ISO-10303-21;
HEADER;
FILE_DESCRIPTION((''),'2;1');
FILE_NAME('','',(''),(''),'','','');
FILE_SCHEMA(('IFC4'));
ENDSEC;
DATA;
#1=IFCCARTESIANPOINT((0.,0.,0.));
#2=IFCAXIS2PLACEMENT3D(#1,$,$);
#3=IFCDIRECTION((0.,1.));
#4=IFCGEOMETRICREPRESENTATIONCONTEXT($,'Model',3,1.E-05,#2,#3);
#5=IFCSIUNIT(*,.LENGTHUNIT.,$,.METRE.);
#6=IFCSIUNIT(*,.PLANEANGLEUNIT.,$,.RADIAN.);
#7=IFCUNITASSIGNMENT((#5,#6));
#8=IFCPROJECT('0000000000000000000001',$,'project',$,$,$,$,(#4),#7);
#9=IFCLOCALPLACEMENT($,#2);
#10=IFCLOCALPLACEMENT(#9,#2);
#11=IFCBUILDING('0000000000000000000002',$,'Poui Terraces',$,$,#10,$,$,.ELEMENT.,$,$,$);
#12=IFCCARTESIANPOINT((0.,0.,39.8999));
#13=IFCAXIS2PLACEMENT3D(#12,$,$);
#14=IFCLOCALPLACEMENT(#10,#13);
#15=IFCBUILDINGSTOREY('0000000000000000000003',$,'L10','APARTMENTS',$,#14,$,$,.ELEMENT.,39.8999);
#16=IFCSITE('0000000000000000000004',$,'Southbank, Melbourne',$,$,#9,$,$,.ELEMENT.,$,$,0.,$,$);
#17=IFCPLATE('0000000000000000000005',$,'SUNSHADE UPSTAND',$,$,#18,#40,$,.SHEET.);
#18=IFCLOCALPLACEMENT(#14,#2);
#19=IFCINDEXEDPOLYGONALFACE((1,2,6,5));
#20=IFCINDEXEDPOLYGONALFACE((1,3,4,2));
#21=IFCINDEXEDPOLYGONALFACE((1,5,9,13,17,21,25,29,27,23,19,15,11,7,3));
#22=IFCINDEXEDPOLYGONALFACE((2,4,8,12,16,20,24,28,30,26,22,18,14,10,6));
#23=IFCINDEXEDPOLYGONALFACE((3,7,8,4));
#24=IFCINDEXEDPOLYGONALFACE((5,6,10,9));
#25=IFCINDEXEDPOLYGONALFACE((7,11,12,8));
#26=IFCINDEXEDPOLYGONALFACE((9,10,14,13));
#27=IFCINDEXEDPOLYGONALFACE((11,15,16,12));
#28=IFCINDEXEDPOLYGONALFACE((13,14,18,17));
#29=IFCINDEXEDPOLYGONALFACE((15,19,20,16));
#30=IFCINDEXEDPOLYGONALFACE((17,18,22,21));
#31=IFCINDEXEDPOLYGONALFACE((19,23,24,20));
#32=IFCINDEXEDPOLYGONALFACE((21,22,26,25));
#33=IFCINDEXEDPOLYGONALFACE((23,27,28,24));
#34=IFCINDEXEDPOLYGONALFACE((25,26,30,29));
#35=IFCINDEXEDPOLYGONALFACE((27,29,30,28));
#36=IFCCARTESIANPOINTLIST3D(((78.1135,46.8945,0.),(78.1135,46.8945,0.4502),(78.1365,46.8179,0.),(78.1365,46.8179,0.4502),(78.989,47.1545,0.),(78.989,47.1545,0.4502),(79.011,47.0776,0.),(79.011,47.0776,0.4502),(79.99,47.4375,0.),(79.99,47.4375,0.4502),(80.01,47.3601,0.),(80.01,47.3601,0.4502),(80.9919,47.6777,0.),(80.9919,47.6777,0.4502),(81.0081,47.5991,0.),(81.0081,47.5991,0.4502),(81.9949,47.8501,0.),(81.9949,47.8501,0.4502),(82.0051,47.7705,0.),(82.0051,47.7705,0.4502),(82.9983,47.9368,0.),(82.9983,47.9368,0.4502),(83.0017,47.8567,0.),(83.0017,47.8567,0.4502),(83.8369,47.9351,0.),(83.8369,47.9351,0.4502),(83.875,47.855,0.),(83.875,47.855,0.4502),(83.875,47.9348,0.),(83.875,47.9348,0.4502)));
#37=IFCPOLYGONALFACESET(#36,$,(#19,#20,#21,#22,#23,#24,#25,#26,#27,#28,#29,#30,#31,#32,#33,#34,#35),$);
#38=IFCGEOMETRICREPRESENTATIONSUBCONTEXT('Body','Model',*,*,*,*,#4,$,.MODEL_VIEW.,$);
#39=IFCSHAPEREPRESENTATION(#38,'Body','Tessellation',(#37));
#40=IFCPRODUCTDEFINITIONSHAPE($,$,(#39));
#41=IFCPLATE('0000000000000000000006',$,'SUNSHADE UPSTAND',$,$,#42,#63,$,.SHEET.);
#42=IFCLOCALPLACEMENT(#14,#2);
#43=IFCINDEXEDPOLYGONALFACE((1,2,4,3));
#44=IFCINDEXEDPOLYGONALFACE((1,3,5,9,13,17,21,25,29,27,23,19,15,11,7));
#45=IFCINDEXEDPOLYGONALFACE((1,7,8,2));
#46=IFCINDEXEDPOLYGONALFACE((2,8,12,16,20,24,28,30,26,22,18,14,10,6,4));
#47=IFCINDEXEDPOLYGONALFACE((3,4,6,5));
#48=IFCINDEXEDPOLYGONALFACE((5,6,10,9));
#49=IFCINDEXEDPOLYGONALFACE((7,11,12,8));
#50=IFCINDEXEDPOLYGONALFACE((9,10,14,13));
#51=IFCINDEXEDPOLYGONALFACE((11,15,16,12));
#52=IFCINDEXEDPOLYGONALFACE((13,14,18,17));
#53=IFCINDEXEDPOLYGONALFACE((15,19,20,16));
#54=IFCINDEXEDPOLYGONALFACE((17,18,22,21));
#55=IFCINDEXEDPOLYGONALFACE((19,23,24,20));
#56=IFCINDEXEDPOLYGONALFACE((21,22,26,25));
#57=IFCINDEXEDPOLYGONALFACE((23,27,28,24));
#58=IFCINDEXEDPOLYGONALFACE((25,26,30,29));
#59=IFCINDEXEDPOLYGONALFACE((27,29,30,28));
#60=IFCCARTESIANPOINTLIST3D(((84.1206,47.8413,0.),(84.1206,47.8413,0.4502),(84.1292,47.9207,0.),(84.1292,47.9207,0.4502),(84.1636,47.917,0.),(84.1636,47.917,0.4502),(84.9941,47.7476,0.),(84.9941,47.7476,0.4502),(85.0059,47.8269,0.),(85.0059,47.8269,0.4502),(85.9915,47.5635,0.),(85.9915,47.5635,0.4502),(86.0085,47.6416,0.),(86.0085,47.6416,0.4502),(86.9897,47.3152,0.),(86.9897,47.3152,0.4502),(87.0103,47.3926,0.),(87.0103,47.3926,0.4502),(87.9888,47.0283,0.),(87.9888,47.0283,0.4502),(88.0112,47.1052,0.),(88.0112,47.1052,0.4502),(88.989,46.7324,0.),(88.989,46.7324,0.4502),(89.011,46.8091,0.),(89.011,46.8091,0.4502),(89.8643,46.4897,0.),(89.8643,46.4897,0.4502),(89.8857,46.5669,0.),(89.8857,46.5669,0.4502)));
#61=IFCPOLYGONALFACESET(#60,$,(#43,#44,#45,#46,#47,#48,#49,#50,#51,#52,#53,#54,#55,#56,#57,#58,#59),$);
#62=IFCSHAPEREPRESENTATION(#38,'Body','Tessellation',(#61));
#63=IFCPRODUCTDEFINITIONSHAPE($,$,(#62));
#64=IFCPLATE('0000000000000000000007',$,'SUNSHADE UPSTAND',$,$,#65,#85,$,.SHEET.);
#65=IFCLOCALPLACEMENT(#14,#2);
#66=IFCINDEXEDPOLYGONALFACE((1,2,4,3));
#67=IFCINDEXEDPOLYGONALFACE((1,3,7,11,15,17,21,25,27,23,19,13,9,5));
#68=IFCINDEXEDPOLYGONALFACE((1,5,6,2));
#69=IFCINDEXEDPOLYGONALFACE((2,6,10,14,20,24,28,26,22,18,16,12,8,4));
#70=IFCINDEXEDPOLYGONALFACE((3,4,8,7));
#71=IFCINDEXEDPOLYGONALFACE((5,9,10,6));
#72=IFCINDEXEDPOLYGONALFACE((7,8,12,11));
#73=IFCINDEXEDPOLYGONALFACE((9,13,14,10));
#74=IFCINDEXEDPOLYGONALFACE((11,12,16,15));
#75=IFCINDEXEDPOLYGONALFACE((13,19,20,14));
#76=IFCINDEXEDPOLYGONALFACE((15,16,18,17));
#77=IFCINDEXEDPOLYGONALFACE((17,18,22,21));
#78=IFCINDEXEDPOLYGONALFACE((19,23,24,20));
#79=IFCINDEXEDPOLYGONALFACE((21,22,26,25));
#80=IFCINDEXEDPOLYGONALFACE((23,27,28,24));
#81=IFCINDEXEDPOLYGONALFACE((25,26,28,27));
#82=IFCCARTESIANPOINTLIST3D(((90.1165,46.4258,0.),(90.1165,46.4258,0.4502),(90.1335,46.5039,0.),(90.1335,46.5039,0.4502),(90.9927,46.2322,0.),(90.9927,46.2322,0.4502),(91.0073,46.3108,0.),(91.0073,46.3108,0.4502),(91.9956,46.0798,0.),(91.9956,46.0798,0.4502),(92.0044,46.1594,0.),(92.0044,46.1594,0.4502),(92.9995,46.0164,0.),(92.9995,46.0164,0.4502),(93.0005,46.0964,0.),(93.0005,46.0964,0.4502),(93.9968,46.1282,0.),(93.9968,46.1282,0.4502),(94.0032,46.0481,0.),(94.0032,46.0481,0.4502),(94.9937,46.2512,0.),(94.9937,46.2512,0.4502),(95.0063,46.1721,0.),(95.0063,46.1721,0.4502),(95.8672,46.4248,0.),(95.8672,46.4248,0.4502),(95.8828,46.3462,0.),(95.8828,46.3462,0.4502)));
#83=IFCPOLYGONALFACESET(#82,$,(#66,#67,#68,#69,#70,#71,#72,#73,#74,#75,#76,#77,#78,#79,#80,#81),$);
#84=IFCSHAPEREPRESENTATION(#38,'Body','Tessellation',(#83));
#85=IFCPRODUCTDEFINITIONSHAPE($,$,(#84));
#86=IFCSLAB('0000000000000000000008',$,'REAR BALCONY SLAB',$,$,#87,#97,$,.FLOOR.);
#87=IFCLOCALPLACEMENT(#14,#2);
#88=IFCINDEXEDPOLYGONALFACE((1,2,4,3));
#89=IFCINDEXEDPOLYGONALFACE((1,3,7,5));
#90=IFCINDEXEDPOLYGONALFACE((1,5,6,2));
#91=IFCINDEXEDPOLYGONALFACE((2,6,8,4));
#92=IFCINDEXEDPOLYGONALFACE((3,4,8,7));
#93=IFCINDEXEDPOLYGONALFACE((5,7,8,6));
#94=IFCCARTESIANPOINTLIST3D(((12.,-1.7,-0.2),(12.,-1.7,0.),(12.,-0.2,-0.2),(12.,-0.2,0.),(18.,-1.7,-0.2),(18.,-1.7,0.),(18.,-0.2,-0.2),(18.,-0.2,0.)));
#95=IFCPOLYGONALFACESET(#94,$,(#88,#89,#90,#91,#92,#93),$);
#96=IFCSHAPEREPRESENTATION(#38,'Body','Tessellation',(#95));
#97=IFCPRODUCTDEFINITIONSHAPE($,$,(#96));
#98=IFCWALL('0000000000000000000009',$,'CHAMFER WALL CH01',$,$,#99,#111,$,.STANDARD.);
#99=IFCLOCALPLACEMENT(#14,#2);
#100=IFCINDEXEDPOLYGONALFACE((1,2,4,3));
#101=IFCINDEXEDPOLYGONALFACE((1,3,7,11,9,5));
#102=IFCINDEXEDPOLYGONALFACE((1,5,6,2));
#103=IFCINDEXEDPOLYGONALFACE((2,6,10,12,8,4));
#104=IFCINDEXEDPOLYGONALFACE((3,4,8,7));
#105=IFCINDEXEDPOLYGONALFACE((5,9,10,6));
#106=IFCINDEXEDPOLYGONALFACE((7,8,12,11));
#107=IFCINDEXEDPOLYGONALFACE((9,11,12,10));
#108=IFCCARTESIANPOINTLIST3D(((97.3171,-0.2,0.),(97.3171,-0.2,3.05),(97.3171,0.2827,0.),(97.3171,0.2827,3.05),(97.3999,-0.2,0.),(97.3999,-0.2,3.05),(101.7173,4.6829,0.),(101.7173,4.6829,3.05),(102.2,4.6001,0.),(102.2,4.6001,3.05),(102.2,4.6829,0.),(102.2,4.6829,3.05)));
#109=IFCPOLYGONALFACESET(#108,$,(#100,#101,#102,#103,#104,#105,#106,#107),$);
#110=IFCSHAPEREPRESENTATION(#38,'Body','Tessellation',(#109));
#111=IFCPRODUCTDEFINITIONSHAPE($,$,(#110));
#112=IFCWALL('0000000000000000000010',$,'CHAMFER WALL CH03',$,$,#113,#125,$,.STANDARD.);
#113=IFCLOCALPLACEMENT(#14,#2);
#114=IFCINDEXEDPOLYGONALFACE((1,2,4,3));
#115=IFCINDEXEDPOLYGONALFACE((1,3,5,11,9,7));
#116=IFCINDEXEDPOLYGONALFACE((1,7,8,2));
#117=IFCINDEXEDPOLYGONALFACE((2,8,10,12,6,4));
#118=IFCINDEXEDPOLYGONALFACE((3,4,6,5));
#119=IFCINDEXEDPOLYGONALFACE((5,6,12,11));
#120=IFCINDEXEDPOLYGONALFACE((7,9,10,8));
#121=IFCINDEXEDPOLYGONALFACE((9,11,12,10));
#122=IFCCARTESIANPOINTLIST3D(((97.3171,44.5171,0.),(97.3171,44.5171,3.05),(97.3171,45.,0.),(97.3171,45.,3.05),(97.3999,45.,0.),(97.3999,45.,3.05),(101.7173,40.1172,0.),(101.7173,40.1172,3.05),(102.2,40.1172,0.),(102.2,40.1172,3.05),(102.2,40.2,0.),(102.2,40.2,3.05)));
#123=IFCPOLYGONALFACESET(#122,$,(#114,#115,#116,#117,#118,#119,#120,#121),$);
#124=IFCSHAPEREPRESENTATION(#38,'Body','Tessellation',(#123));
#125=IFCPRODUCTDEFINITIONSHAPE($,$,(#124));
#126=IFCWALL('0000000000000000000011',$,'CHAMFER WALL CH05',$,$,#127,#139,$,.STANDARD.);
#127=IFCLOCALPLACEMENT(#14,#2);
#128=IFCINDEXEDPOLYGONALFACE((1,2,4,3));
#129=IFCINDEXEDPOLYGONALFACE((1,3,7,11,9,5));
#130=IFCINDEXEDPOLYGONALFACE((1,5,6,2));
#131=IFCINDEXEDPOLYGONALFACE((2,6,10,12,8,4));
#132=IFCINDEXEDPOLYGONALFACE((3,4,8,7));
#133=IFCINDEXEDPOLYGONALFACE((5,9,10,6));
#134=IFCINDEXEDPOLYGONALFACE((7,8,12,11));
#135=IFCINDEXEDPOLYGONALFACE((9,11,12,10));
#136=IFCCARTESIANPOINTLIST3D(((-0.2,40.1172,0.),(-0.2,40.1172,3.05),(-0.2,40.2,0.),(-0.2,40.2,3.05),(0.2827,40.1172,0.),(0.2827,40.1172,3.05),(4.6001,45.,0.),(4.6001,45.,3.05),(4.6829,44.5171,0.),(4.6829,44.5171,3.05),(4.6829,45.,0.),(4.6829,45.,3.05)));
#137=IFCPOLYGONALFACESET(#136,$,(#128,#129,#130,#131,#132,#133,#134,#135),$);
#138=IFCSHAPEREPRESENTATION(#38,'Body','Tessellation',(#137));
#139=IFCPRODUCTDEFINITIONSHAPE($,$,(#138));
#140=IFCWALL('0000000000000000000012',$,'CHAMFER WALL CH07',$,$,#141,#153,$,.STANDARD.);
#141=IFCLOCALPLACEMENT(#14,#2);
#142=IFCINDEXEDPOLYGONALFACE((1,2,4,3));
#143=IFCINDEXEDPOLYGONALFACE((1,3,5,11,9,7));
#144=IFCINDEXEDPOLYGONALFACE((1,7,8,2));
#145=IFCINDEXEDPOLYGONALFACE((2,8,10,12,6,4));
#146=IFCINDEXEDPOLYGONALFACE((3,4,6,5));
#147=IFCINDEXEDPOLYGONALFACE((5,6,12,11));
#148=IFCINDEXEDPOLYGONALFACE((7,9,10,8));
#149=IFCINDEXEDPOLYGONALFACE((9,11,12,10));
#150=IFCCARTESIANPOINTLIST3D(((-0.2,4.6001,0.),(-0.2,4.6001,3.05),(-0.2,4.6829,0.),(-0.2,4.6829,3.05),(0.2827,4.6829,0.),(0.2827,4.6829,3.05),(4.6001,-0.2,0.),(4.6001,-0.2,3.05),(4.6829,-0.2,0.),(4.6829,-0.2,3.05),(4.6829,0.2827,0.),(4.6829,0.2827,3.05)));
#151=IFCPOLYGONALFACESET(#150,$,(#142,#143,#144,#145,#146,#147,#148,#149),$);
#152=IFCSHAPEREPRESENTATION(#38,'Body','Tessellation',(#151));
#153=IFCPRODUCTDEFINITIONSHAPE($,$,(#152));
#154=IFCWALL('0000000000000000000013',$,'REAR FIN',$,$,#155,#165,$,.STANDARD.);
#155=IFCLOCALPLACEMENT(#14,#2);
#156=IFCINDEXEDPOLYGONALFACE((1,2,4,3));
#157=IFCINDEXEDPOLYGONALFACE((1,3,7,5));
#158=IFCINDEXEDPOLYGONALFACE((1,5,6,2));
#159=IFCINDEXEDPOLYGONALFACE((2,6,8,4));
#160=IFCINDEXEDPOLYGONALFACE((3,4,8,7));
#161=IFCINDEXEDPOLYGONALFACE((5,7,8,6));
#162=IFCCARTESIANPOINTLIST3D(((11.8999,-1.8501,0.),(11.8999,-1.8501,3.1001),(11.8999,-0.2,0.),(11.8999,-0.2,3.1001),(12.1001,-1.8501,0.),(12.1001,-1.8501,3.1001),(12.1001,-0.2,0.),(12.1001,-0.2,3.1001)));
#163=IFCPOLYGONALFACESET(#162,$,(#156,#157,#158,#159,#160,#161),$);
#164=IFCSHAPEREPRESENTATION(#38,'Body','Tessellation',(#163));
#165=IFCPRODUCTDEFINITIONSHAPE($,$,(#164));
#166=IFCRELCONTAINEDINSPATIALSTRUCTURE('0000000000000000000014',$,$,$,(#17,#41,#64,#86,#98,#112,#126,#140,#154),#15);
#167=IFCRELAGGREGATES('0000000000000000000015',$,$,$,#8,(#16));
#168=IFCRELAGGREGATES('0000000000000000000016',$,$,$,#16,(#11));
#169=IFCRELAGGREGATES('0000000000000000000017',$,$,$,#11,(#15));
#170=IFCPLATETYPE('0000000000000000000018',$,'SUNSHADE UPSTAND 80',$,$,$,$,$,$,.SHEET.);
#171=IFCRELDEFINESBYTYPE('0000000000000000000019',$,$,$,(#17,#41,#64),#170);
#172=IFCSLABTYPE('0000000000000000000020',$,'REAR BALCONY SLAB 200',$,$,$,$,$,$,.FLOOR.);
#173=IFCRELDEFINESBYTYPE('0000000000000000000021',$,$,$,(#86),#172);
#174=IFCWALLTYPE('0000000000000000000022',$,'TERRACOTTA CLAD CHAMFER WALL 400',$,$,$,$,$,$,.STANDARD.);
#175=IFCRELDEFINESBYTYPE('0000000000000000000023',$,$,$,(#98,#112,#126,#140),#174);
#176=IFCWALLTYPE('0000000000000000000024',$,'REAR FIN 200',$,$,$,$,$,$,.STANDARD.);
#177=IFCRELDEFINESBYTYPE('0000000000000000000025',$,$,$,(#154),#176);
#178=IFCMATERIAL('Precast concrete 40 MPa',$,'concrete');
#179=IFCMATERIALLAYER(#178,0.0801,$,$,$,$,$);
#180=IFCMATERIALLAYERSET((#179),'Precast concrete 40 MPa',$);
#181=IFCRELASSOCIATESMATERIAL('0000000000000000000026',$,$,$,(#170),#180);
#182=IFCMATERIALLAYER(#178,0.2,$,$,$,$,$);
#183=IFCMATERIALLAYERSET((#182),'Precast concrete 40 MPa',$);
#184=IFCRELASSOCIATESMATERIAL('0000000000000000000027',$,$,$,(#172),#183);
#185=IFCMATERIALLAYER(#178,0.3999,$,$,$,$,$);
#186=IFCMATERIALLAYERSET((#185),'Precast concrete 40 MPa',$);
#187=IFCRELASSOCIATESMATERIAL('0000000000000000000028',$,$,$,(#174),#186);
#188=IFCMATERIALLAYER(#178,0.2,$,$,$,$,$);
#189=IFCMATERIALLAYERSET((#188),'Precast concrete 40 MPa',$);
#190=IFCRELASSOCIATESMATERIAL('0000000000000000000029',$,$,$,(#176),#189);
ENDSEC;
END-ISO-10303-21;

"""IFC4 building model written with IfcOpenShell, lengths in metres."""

from ifc_helpers import new_model, si_unit, direction, frame, origin, place, context, subcontext, project, spatial, polyline, outline, extrude, source, transform, mapped, material, layer, layer_set, type_object, element, save


model = new_model("IFC4")

# Units and contexts
model_context = context("Model", 3, precision=1e-05, world=origin(), true_north=direction((0.0, 1.0)))
body_context = subcontext(model_context, "Body", "Model", "MODEL_VIEW")
ifc_project = project(units=[si_unit("LENGTHUNIT", "METRE"), si_unit("PLANEANGLEUNIT", "RADIAN")], contexts=[model_context])

# Site, building, storey
site_placement = place(None, origin())
site = spatial("IfcSite", under=ifc_project, at=site_placement, Name="Southbank, Melbourne", CompositionType="ELEMENT", RefElevation=0.0)
building_placement = place(site_placement, origin())
building = spatial("IfcBuilding", under=site, at=building_placement, Name="Poui Terraces", CompositionType="ELEMENT")
storey_placement = place(building_placement, frame((0.0, 0.0, 39.8999)))
storey = spatial("IfcBuildingStorey", under=building, at=storey_placement, Name="L10", Description="APARTMENTS", CompositionType="ELEMENT", Elevation=39.8999)

# Shared definitions
ifc_material_1 = material(Name="Precast concrete 40 MPa", Category="concrete")

# Plates
ifc_layer_1 = layer(ifc_material_1, 0.0801)
ifc_layer_set_1 = layer_set([ifc_layer_1], Name="Precast concrete 40 MPa")
plate_type = type_object("IfcPlateType", Name="SUNSHADE UPSTAND 80", PredefinedType="SHEET", material=ifc_layer_set_1)
plate_1_placement = place(storey_placement, origin())
element("IfcPlate", 1, at=plate_1_placement, inside=storey, type_object=plate_type, Name="SUNSHADE UPSTAND", PredefinedType="SHEET", context=body_context, shape_type="SweptSolid", body=[
    extrude(outline(polyline([(78.989, 47.1545), (78.1135, 46.8945), (78.1365, 46.8179), (79.011, 47.0776), (80.01, 47.3601), (81.0081, 47.5991), (82.0051, 47.7705), (83.0017, 47.8567), (83.875, 47.855), (83.875, 47.9348), (83.8369, 47.9351), (82.9983, 47.9368), (81.9949, 47.8501), (80.9919, 47.6777), (79.99, 47.4375), (78.989, 47.1545)])), origin(), (0.0, 0.0, 1.0), 0.4502),
])
plate_2_placement = place(storey_placement, origin())
element("IfcPlate", 2, at=plate_2_placement, inside=storey, type_object=plate_type, Name="SUNSHADE UPSTAND", PredefinedType="SHEET", context=body_context, shape_type="SweptSolid", body=[
    extrude(outline(polyline([(85.0059, 47.8269), (84.1636, 47.917), (84.1292, 47.9207), (84.1206, 47.8413), (84.9941, 47.7476), (85.9915, 47.5635), (86.9897, 47.3152), (87.9888, 47.0283), (88.989, 46.7324), (89.8643, 46.4897), (89.8857, 46.5669), (89.011, 46.8091), (88.0112, 47.1052), (87.0103, 47.3926), (86.0085, 47.6416), (85.0059, 47.8269)])), origin(), (0.0, 0.0, 1.0), 0.4502),
])
plate_3_placement = place(storey_placement, origin())
element("IfcPlate", 3, at=plate_3_placement, inside=storey, type_object=plate_type, Name="SUNSHADE UPSTAND", PredefinedType="SHEET", context=body_context, shape_type="SweptSolid", body=[
    extrude(outline(polyline([(91.0073, 46.3108), (90.1335, 46.5039), (90.1165, 46.4258), (90.9927, 46.2322), (91.9956, 46.0798), (92.9995, 46.0164), (94.0032, 46.0481), (95.0063, 46.1721), (95.8828, 46.3462), (95.8672, 46.4248), (94.9937, 46.2512), (93.9968, 46.1282), (93.0005, 46.0964), (92.0044, 46.1594), (91.0073, 46.3108)])), origin(), (0.0, 0.0, 1.0), 0.4502),
])

# Slab
ifc_layer_2 = layer(ifc_material_1, 0.2)
ifc_layer_set_2 = layer_set([ifc_layer_2], Name="Precast concrete 40 MPa")
slab_type_1 = type_object("IfcSlabType", Name="REAR BALCONY SLAB 200", PredefinedType="FLOOR", material=ifc_layer_set_2)
shared_shape_1 = source(origin(), body_context, "Body", "SweptSolid", [
    extrude(outline(polyline([(0.0, 0.0), (6.0, 0.0), (6.0, 1.5), (0.0, 1.5), (0.0, 0.0)])), origin(), (0.0, 0.0, 1.0), 0.2),
])
slab_1_placement = place(storey_placement, frame((12.0, -1.7, -0.2)))
element("IfcSlab", 4, at=slab_1_placement, inside=storey, type_object=slab_type_1, Name="REAR BALCONY SLAB", PredefinedType="FLOOR", context=body_context, shape_type="MappedRepresentation", body=[
    mapped(shared_shape_1, transform((0.0, 0.0, 0.0))),
])

# Walls
ifc_layer_3 = layer(ifc_material_1, 0.3999)
ifc_layer_set_3 = layer_set([ifc_layer_3], Name="Precast concrete 40 MPa")
wall_type_1 = type_object("IfcWallType", Name="TERRACOTTA CLAD CHAMFER WALL 400", PredefinedType="STANDARD", material=ifc_layer_set_3)
wall_1_placement = place(storey_placement, origin())
element("IfcWall", 5, at=wall_1_placement, inside=storey, type_object=wall_type_1, Name="CHAMFER WALL CH01", PredefinedType="STANDARD", context=body_context, shape_type="SweptSolid", body=[
    extrude(outline(polyline([(97.3171, -0.2), (97.3999, -0.2), (102.2, 4.6001), (102.2, 4.6829), (101.7173, 4.6829), (97.3171, 0.2827), (97.3171, -0.2)])), origin(), (0.0, 0.0, 1.0), 3.05),
])
wall_2_placement = place(storey_placement, origin())
element("IfcWall", 6, at=wall_2_placement, inside=storey, type_object=wall_type_1, Name="CHAMFER WALL CH03", PredefinedType="STANDARD", context=body_context, shape_type="SweptSolid", body=[
    extrude(outline(polyline([(102.2, 40.1172), (102.2, 40.2), (97.3999, 45.0), (97.3171, 45.0), (97.3171, 44.5171), (101.7173, 40.1172), (102.2, 40.1172)])), origin(), (0.0, 0.0, 1.0), 3.05),
])
wall_3_placement = place(storey_placement, origin())
element("IfcWall", 7, at=wall_3_placement, inside=storey, type_object=wall_type_1, Name="CHAMFER WALL CH05", PredefinedType="STANDARD", context=body_context, shape_type="SweptSolid", body=[
    extrude(outline(polyline([(4.6829, 45.0), (4.6001, 45.0), (-0.2, 40.2), (-0.2, 40.1172), (0.2827, 40.1172), (4.6829, 44.5171), (4.6829, 45.0)])), origin(), (0.0, 0.0, 1.0), 3.05),
])
wall_4_placement = place(storey_placement, origin())
element("IfcWall", 8, at=wall_4_placement, inside=storey, type_object=wall_type_1, Name="CHAMFER WALL CH07", PredefinedType="STANDARD", context=body_context, shape_type="SweptSolid", body=[
    extrude(outline(polyline([(-0.2, 4.6829), (-0.2, 4.6001), (4.6001, -0.2), (4.6829, -0.2), (4.6829, 0.2827), (0.2827, 4.6829), (-0.2, 4.6829)])), origin(), (0.0, 0.0, 1.0), 3.05),
])
ifc_layer_4 = layer(ifc_material_1, 0.2)
ifc_layer_set_4 = layer_set([ifc_layer_4], Name="Precast concrete 40 MPa")
wall_type_2 = type_object("IfcWallType", Name="REAR FIN 200", PredefinedType="STANDARD", material=ifc_layer_set_4)
shared_shape_2 = source(origin(), body_context, "Body", "SweptSolid", [
    extrude(outline(polyline([(0.0, 0.0), (0.2002, 0.0), (0.2002, 1.6501), (0.0, 1.6501), (0.0, 0.0)])), origin(), (0.0, 0.0, 1.0), 3.1001),
])
wall_5_placement = place(storey_placement, frame((11.8999, -1.8501, 0.0)))
element("IfcWall", 9, at=wall_5_placement, inside=storey, type_object=wall_type_2, Name="REAR FIN", PredefinedType="STANDARD", context=body_context, shape_type="MappedRepresentation", body=[
    mapped(shared_shape_2, transform((0.0, 0.0, 0.0))),
])

save(model, "model.ifc")
